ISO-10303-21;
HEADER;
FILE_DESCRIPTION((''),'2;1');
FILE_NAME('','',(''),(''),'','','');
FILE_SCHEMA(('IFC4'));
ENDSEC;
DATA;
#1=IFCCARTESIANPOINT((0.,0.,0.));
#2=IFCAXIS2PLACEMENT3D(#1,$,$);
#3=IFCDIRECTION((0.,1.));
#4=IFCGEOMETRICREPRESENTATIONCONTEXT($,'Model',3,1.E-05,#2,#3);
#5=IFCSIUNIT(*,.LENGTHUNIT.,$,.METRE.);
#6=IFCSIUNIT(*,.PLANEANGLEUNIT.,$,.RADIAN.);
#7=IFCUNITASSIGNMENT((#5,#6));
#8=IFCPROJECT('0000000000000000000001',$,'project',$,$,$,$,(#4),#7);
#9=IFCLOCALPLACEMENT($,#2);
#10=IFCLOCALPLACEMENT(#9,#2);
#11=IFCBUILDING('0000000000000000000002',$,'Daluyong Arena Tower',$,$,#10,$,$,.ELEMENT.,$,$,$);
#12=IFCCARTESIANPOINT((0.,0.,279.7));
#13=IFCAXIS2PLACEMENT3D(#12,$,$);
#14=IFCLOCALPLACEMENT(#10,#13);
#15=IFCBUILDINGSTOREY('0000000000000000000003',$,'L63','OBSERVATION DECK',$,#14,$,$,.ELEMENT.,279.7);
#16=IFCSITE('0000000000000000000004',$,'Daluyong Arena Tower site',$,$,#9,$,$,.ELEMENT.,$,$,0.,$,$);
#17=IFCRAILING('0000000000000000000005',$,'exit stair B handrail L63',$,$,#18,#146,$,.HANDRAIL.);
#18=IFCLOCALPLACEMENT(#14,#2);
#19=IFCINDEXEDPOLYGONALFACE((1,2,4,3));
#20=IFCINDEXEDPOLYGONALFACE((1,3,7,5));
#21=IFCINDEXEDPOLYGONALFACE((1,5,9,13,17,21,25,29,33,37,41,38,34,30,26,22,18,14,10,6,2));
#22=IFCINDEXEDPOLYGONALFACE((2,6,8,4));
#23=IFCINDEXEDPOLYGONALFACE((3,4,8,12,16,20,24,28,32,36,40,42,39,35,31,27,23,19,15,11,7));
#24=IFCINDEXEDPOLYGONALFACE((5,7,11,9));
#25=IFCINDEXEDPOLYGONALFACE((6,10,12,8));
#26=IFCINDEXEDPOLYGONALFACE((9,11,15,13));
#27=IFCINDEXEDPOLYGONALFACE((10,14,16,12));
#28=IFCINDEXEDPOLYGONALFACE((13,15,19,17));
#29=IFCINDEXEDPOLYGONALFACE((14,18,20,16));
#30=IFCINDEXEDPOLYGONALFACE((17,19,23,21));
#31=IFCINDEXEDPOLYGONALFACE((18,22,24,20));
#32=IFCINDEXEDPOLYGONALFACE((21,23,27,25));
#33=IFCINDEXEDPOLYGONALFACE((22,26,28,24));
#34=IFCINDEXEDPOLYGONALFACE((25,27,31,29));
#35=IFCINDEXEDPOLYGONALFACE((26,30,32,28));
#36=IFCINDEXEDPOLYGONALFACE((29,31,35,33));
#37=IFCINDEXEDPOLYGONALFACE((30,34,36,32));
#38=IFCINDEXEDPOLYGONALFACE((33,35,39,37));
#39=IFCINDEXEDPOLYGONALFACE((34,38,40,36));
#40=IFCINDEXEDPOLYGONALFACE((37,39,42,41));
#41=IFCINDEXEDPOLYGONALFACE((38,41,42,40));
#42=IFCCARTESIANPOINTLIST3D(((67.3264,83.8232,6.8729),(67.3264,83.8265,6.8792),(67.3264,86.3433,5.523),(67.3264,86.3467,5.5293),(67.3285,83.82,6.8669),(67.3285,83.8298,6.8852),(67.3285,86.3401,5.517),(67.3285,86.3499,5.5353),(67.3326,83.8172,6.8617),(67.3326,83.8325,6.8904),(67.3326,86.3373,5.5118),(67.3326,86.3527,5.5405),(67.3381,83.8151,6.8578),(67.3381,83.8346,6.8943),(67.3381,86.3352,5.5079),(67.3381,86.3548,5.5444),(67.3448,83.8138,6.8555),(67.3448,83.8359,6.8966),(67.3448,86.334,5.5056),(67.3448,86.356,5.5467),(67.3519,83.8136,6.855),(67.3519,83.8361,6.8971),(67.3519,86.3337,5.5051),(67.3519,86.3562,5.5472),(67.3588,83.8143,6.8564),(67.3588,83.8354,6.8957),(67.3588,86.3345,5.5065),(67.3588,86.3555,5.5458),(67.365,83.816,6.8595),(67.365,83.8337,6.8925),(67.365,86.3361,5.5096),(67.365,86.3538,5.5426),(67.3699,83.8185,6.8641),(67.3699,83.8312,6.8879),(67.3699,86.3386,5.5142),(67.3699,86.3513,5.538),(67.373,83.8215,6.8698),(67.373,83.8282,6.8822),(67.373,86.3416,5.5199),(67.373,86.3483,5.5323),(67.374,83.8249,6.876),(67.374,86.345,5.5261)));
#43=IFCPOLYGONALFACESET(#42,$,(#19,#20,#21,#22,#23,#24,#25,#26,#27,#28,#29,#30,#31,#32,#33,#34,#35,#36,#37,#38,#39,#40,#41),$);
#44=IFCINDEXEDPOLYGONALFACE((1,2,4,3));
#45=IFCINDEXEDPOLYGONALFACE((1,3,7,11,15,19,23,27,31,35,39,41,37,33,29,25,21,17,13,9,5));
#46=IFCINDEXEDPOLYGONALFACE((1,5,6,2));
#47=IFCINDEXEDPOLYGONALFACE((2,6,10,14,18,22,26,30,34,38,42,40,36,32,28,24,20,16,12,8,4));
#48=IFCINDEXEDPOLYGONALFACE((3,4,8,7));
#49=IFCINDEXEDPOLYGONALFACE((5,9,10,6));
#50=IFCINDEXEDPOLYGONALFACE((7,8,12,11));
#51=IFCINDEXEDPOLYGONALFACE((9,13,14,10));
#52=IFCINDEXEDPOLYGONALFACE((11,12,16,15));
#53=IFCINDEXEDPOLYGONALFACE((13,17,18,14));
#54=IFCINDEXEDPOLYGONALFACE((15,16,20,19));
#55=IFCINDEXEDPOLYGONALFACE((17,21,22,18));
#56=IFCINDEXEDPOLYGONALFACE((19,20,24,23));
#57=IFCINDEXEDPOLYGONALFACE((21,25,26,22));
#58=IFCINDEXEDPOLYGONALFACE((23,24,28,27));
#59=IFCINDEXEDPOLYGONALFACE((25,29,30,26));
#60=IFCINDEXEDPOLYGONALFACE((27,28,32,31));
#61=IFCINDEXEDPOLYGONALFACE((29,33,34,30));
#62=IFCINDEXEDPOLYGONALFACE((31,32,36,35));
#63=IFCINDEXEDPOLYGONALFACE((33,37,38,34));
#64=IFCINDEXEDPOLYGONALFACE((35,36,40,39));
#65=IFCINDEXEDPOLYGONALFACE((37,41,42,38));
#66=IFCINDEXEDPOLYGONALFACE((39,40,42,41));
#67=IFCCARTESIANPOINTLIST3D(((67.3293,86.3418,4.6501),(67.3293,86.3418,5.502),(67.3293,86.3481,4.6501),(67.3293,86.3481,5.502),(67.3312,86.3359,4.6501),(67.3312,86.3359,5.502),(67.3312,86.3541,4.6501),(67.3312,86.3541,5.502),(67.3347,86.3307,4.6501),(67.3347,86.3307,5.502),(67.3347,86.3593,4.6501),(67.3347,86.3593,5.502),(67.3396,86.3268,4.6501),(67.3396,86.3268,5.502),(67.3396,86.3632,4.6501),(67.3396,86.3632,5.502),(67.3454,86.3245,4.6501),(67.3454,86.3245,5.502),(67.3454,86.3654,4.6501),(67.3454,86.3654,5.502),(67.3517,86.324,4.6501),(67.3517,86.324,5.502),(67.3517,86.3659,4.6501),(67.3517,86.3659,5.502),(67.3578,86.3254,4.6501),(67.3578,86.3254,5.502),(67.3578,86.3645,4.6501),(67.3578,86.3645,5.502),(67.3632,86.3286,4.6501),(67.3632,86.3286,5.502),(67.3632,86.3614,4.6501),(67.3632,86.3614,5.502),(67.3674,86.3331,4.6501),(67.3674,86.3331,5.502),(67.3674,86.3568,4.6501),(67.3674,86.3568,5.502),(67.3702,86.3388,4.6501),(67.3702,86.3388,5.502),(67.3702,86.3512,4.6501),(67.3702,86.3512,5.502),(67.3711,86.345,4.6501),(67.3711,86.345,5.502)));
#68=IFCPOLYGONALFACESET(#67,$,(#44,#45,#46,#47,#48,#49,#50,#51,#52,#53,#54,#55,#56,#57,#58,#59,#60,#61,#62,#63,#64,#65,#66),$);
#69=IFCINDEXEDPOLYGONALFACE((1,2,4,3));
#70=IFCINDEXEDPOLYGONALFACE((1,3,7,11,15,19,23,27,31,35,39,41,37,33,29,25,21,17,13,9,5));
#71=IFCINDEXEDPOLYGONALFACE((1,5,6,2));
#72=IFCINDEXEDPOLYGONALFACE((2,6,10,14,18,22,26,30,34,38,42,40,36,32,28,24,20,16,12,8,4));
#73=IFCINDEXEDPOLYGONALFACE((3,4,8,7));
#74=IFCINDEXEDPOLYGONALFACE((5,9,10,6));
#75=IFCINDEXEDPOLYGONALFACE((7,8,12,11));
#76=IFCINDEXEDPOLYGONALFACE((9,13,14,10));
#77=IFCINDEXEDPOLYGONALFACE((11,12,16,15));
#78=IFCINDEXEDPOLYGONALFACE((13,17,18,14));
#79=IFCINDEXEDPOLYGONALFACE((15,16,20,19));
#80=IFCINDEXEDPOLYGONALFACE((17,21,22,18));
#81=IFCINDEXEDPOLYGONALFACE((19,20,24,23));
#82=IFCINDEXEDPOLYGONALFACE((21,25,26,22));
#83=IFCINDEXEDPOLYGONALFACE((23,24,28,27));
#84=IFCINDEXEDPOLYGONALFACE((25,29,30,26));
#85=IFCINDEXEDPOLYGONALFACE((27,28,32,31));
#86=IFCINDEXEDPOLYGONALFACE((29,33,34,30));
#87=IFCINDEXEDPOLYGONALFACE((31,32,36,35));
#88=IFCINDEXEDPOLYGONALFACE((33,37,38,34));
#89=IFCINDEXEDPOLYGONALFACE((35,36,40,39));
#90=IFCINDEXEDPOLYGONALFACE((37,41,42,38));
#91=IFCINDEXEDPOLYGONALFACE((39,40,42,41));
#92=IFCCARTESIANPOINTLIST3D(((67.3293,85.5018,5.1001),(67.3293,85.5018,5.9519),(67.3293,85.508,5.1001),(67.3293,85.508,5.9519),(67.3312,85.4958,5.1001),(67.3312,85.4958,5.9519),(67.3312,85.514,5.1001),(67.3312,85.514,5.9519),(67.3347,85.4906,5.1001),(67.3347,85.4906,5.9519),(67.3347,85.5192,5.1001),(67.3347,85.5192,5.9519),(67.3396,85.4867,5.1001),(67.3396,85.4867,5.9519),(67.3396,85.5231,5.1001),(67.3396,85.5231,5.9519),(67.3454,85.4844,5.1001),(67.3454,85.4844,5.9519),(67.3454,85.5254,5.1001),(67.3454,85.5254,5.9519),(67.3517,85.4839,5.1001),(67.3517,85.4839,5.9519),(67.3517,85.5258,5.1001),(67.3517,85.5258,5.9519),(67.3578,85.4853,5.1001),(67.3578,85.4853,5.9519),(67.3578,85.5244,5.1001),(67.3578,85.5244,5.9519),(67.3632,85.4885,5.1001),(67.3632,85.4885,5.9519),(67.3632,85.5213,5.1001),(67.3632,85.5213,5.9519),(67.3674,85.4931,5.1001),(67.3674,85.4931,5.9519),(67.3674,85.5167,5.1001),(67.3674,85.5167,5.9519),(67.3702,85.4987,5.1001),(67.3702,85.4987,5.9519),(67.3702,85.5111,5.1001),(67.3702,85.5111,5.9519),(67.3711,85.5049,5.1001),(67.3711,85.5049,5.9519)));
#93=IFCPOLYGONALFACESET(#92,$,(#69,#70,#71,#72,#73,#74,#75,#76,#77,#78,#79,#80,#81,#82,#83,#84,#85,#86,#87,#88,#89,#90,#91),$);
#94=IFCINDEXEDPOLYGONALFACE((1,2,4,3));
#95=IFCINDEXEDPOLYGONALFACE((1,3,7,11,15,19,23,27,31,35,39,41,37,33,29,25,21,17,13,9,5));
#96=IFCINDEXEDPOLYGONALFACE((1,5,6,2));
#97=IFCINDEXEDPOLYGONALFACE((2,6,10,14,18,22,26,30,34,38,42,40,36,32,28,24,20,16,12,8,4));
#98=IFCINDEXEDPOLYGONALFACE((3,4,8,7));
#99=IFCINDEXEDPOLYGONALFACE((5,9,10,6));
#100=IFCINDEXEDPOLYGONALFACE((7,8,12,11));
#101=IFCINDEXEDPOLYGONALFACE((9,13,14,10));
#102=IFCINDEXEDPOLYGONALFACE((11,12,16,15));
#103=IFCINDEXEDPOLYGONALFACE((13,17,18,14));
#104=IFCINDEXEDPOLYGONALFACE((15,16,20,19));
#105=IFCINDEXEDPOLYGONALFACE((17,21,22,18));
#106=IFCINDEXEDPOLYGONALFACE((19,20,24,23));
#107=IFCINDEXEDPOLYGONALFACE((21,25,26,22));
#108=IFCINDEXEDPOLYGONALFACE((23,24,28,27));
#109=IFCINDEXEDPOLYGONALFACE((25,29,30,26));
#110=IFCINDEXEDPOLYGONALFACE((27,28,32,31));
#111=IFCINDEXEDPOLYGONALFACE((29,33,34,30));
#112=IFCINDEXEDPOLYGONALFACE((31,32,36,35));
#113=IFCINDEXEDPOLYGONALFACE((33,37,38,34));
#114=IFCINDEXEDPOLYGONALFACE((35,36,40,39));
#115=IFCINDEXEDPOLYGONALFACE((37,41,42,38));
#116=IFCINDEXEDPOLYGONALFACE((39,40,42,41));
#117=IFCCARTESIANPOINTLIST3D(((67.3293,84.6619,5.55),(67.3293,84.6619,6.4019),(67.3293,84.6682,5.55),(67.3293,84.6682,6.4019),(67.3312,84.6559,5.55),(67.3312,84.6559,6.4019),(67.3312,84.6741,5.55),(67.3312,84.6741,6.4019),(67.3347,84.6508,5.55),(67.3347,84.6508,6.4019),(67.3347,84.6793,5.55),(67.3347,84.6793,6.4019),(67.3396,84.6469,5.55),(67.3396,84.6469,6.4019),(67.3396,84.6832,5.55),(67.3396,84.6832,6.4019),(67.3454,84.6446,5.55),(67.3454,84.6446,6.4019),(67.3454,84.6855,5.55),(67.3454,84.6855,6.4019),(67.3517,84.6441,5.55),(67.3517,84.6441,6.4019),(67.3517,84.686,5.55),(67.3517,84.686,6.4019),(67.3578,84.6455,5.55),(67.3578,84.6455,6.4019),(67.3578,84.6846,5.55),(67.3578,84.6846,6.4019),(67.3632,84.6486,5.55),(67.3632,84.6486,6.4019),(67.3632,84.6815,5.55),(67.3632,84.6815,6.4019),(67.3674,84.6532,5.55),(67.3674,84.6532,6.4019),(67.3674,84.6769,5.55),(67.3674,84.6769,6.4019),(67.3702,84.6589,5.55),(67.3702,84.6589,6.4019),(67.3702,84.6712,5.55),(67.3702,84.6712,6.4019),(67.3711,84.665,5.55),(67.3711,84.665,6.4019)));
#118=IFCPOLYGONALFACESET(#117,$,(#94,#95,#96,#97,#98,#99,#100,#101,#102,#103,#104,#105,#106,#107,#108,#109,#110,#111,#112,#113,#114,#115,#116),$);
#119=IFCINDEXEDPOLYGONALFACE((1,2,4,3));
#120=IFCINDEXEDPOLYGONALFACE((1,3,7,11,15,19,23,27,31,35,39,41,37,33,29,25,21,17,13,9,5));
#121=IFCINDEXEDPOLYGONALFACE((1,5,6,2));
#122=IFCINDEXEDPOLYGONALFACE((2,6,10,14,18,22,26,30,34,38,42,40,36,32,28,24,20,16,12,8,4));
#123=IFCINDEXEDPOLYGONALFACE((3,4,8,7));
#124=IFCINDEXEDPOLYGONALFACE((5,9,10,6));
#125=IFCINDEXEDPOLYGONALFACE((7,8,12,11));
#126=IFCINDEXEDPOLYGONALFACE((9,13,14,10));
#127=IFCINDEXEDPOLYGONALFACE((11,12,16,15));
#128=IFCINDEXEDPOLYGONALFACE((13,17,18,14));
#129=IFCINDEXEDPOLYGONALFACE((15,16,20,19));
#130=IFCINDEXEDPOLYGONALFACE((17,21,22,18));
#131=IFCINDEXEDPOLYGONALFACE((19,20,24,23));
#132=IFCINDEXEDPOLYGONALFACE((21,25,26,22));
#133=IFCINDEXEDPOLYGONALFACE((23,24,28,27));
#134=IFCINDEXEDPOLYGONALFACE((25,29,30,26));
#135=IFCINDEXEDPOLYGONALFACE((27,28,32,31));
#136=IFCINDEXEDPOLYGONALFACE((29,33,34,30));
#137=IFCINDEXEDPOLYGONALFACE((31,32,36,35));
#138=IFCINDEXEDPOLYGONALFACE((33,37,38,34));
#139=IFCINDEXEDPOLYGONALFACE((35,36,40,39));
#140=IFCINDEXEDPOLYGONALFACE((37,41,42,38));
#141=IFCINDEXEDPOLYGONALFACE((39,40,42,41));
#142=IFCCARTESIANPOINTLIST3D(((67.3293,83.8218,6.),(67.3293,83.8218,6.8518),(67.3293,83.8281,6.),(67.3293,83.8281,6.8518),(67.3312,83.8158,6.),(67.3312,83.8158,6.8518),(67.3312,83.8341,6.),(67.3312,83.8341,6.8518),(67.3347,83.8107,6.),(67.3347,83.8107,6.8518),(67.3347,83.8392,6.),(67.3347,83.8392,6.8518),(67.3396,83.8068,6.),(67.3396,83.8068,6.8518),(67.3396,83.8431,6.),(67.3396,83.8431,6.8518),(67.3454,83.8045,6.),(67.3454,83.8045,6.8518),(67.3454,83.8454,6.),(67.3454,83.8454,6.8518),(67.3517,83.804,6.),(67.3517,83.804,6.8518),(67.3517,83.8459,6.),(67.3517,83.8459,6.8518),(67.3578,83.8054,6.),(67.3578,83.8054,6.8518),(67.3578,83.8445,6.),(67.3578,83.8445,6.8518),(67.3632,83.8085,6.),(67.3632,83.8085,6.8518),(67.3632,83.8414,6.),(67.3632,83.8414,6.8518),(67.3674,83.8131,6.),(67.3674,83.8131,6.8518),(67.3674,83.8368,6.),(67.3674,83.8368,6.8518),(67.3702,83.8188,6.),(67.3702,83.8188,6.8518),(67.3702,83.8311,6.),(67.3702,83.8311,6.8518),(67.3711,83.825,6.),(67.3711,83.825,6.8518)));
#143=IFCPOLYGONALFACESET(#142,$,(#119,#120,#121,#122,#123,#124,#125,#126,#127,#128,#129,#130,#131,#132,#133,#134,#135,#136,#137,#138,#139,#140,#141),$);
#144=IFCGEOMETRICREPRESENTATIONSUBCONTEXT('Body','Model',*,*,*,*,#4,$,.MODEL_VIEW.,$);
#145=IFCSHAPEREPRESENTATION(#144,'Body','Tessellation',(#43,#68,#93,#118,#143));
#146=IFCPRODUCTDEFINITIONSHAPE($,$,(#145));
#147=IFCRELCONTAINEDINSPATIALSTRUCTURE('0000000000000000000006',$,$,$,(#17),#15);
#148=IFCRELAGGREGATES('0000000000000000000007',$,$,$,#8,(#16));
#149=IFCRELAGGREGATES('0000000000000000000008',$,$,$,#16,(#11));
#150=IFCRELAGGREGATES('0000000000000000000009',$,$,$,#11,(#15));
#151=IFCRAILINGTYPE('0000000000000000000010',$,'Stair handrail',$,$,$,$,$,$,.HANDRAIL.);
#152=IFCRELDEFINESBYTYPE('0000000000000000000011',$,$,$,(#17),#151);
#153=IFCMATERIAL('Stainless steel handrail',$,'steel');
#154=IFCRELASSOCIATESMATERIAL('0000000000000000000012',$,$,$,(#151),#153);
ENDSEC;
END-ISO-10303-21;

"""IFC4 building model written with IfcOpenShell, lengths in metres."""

from ifc_helpers import new_model, si_unit, direction, frame, origin, origin_2d, place, context, subcontext, project, spatial, circle, extrude, material, type_object, element, save


model = new_model("IFC4")

# Units and contexts
model_context = context("Model", 3, precision=1e-05, world=origin(), true_north=direction((0.0, 1.0)))
body_context = subcontext(model_context, "Body", "Model", "MODEL_VIEW")
ifc_project = project(units=[si_unit("LENGTHUNIT", "METRE"), si_unit("PLANEANGLEUNIT", "RADIAN")], contexts=[model_context])

# Site, building, storey
site_placement = place(None, origin())
site = spatial("IfcSite", under=ifc_project, at=site_placement, Name="Daluyong Arena Tower site", CompositionType="ELEMENT", RefElevation=0.0)
building_placement = place(site_placement, origin())
building = spatial("IfcBuilding", under=site, at=building_placement, Name="Daluyong Arena Tower", CompositionType="ELEMENT")
storey_placement = place(building_placement, frame((0.0, 0.0, 279.7)))
storey = spatial("IfcBuildingStorey", under=building, at=storey_placement, Name="L63", Description="OBSERVATION DECK", CompositionType="ELEMENT", Elevation=279.7)

# Railing
ifc_material_1 = material(Name="Stainless steel handrail", Category="steel")
railing_type_1 = type_object("IfcRailingType", Name="Stair handrail", PredefinedType="HANDRAIL", material=ifc_material_1)
for number, where, name in (
    (1, (67.3501, 86.345, 4.6501), "exit stair B handrail L63"),
):
    element("IfcRailing", number, at=place(storey_placement, frame(where)), inside=storey, type_object=railing_type_1, Name=name, PredefinedType="HANDRAIL", context=body_context, shape_type="SweptSolid", body=[
        extrude(circle(Radius=0.0239, at=origin_2d()), frame((0.0, 0.0, 0.876), z_axis=(0.0, -0.881503, 0.472179), x_axis=(1.0, 0.0, 0.0)), (0.0, 0.0, 1.0), 2.8589),
        extrude(circle(Radius=0.021, at=origin_2d()), origin(), (0.0, 0.0, 1.0), 0.8518),
        extrude(circle(Radius=0.021, at=origin_2d()), frame((0.0, -0.8401, 0.45)), (0.0, 0.0, 1.0), 0.8518),
        extrude(circle(Radius=0.021, at=origin_2d()), frame((0.0, -1.6799, 0.8999)), (0.0, 0.0, 1.0), 0.8518),
        extrude(circle(Radius=0.021, at=origin_2d()), frame((0.0, -2.52, 1.3499)), (0.0, 0.0, 1.0), 0.8518),
    ])

save(model, "model.ifc")
